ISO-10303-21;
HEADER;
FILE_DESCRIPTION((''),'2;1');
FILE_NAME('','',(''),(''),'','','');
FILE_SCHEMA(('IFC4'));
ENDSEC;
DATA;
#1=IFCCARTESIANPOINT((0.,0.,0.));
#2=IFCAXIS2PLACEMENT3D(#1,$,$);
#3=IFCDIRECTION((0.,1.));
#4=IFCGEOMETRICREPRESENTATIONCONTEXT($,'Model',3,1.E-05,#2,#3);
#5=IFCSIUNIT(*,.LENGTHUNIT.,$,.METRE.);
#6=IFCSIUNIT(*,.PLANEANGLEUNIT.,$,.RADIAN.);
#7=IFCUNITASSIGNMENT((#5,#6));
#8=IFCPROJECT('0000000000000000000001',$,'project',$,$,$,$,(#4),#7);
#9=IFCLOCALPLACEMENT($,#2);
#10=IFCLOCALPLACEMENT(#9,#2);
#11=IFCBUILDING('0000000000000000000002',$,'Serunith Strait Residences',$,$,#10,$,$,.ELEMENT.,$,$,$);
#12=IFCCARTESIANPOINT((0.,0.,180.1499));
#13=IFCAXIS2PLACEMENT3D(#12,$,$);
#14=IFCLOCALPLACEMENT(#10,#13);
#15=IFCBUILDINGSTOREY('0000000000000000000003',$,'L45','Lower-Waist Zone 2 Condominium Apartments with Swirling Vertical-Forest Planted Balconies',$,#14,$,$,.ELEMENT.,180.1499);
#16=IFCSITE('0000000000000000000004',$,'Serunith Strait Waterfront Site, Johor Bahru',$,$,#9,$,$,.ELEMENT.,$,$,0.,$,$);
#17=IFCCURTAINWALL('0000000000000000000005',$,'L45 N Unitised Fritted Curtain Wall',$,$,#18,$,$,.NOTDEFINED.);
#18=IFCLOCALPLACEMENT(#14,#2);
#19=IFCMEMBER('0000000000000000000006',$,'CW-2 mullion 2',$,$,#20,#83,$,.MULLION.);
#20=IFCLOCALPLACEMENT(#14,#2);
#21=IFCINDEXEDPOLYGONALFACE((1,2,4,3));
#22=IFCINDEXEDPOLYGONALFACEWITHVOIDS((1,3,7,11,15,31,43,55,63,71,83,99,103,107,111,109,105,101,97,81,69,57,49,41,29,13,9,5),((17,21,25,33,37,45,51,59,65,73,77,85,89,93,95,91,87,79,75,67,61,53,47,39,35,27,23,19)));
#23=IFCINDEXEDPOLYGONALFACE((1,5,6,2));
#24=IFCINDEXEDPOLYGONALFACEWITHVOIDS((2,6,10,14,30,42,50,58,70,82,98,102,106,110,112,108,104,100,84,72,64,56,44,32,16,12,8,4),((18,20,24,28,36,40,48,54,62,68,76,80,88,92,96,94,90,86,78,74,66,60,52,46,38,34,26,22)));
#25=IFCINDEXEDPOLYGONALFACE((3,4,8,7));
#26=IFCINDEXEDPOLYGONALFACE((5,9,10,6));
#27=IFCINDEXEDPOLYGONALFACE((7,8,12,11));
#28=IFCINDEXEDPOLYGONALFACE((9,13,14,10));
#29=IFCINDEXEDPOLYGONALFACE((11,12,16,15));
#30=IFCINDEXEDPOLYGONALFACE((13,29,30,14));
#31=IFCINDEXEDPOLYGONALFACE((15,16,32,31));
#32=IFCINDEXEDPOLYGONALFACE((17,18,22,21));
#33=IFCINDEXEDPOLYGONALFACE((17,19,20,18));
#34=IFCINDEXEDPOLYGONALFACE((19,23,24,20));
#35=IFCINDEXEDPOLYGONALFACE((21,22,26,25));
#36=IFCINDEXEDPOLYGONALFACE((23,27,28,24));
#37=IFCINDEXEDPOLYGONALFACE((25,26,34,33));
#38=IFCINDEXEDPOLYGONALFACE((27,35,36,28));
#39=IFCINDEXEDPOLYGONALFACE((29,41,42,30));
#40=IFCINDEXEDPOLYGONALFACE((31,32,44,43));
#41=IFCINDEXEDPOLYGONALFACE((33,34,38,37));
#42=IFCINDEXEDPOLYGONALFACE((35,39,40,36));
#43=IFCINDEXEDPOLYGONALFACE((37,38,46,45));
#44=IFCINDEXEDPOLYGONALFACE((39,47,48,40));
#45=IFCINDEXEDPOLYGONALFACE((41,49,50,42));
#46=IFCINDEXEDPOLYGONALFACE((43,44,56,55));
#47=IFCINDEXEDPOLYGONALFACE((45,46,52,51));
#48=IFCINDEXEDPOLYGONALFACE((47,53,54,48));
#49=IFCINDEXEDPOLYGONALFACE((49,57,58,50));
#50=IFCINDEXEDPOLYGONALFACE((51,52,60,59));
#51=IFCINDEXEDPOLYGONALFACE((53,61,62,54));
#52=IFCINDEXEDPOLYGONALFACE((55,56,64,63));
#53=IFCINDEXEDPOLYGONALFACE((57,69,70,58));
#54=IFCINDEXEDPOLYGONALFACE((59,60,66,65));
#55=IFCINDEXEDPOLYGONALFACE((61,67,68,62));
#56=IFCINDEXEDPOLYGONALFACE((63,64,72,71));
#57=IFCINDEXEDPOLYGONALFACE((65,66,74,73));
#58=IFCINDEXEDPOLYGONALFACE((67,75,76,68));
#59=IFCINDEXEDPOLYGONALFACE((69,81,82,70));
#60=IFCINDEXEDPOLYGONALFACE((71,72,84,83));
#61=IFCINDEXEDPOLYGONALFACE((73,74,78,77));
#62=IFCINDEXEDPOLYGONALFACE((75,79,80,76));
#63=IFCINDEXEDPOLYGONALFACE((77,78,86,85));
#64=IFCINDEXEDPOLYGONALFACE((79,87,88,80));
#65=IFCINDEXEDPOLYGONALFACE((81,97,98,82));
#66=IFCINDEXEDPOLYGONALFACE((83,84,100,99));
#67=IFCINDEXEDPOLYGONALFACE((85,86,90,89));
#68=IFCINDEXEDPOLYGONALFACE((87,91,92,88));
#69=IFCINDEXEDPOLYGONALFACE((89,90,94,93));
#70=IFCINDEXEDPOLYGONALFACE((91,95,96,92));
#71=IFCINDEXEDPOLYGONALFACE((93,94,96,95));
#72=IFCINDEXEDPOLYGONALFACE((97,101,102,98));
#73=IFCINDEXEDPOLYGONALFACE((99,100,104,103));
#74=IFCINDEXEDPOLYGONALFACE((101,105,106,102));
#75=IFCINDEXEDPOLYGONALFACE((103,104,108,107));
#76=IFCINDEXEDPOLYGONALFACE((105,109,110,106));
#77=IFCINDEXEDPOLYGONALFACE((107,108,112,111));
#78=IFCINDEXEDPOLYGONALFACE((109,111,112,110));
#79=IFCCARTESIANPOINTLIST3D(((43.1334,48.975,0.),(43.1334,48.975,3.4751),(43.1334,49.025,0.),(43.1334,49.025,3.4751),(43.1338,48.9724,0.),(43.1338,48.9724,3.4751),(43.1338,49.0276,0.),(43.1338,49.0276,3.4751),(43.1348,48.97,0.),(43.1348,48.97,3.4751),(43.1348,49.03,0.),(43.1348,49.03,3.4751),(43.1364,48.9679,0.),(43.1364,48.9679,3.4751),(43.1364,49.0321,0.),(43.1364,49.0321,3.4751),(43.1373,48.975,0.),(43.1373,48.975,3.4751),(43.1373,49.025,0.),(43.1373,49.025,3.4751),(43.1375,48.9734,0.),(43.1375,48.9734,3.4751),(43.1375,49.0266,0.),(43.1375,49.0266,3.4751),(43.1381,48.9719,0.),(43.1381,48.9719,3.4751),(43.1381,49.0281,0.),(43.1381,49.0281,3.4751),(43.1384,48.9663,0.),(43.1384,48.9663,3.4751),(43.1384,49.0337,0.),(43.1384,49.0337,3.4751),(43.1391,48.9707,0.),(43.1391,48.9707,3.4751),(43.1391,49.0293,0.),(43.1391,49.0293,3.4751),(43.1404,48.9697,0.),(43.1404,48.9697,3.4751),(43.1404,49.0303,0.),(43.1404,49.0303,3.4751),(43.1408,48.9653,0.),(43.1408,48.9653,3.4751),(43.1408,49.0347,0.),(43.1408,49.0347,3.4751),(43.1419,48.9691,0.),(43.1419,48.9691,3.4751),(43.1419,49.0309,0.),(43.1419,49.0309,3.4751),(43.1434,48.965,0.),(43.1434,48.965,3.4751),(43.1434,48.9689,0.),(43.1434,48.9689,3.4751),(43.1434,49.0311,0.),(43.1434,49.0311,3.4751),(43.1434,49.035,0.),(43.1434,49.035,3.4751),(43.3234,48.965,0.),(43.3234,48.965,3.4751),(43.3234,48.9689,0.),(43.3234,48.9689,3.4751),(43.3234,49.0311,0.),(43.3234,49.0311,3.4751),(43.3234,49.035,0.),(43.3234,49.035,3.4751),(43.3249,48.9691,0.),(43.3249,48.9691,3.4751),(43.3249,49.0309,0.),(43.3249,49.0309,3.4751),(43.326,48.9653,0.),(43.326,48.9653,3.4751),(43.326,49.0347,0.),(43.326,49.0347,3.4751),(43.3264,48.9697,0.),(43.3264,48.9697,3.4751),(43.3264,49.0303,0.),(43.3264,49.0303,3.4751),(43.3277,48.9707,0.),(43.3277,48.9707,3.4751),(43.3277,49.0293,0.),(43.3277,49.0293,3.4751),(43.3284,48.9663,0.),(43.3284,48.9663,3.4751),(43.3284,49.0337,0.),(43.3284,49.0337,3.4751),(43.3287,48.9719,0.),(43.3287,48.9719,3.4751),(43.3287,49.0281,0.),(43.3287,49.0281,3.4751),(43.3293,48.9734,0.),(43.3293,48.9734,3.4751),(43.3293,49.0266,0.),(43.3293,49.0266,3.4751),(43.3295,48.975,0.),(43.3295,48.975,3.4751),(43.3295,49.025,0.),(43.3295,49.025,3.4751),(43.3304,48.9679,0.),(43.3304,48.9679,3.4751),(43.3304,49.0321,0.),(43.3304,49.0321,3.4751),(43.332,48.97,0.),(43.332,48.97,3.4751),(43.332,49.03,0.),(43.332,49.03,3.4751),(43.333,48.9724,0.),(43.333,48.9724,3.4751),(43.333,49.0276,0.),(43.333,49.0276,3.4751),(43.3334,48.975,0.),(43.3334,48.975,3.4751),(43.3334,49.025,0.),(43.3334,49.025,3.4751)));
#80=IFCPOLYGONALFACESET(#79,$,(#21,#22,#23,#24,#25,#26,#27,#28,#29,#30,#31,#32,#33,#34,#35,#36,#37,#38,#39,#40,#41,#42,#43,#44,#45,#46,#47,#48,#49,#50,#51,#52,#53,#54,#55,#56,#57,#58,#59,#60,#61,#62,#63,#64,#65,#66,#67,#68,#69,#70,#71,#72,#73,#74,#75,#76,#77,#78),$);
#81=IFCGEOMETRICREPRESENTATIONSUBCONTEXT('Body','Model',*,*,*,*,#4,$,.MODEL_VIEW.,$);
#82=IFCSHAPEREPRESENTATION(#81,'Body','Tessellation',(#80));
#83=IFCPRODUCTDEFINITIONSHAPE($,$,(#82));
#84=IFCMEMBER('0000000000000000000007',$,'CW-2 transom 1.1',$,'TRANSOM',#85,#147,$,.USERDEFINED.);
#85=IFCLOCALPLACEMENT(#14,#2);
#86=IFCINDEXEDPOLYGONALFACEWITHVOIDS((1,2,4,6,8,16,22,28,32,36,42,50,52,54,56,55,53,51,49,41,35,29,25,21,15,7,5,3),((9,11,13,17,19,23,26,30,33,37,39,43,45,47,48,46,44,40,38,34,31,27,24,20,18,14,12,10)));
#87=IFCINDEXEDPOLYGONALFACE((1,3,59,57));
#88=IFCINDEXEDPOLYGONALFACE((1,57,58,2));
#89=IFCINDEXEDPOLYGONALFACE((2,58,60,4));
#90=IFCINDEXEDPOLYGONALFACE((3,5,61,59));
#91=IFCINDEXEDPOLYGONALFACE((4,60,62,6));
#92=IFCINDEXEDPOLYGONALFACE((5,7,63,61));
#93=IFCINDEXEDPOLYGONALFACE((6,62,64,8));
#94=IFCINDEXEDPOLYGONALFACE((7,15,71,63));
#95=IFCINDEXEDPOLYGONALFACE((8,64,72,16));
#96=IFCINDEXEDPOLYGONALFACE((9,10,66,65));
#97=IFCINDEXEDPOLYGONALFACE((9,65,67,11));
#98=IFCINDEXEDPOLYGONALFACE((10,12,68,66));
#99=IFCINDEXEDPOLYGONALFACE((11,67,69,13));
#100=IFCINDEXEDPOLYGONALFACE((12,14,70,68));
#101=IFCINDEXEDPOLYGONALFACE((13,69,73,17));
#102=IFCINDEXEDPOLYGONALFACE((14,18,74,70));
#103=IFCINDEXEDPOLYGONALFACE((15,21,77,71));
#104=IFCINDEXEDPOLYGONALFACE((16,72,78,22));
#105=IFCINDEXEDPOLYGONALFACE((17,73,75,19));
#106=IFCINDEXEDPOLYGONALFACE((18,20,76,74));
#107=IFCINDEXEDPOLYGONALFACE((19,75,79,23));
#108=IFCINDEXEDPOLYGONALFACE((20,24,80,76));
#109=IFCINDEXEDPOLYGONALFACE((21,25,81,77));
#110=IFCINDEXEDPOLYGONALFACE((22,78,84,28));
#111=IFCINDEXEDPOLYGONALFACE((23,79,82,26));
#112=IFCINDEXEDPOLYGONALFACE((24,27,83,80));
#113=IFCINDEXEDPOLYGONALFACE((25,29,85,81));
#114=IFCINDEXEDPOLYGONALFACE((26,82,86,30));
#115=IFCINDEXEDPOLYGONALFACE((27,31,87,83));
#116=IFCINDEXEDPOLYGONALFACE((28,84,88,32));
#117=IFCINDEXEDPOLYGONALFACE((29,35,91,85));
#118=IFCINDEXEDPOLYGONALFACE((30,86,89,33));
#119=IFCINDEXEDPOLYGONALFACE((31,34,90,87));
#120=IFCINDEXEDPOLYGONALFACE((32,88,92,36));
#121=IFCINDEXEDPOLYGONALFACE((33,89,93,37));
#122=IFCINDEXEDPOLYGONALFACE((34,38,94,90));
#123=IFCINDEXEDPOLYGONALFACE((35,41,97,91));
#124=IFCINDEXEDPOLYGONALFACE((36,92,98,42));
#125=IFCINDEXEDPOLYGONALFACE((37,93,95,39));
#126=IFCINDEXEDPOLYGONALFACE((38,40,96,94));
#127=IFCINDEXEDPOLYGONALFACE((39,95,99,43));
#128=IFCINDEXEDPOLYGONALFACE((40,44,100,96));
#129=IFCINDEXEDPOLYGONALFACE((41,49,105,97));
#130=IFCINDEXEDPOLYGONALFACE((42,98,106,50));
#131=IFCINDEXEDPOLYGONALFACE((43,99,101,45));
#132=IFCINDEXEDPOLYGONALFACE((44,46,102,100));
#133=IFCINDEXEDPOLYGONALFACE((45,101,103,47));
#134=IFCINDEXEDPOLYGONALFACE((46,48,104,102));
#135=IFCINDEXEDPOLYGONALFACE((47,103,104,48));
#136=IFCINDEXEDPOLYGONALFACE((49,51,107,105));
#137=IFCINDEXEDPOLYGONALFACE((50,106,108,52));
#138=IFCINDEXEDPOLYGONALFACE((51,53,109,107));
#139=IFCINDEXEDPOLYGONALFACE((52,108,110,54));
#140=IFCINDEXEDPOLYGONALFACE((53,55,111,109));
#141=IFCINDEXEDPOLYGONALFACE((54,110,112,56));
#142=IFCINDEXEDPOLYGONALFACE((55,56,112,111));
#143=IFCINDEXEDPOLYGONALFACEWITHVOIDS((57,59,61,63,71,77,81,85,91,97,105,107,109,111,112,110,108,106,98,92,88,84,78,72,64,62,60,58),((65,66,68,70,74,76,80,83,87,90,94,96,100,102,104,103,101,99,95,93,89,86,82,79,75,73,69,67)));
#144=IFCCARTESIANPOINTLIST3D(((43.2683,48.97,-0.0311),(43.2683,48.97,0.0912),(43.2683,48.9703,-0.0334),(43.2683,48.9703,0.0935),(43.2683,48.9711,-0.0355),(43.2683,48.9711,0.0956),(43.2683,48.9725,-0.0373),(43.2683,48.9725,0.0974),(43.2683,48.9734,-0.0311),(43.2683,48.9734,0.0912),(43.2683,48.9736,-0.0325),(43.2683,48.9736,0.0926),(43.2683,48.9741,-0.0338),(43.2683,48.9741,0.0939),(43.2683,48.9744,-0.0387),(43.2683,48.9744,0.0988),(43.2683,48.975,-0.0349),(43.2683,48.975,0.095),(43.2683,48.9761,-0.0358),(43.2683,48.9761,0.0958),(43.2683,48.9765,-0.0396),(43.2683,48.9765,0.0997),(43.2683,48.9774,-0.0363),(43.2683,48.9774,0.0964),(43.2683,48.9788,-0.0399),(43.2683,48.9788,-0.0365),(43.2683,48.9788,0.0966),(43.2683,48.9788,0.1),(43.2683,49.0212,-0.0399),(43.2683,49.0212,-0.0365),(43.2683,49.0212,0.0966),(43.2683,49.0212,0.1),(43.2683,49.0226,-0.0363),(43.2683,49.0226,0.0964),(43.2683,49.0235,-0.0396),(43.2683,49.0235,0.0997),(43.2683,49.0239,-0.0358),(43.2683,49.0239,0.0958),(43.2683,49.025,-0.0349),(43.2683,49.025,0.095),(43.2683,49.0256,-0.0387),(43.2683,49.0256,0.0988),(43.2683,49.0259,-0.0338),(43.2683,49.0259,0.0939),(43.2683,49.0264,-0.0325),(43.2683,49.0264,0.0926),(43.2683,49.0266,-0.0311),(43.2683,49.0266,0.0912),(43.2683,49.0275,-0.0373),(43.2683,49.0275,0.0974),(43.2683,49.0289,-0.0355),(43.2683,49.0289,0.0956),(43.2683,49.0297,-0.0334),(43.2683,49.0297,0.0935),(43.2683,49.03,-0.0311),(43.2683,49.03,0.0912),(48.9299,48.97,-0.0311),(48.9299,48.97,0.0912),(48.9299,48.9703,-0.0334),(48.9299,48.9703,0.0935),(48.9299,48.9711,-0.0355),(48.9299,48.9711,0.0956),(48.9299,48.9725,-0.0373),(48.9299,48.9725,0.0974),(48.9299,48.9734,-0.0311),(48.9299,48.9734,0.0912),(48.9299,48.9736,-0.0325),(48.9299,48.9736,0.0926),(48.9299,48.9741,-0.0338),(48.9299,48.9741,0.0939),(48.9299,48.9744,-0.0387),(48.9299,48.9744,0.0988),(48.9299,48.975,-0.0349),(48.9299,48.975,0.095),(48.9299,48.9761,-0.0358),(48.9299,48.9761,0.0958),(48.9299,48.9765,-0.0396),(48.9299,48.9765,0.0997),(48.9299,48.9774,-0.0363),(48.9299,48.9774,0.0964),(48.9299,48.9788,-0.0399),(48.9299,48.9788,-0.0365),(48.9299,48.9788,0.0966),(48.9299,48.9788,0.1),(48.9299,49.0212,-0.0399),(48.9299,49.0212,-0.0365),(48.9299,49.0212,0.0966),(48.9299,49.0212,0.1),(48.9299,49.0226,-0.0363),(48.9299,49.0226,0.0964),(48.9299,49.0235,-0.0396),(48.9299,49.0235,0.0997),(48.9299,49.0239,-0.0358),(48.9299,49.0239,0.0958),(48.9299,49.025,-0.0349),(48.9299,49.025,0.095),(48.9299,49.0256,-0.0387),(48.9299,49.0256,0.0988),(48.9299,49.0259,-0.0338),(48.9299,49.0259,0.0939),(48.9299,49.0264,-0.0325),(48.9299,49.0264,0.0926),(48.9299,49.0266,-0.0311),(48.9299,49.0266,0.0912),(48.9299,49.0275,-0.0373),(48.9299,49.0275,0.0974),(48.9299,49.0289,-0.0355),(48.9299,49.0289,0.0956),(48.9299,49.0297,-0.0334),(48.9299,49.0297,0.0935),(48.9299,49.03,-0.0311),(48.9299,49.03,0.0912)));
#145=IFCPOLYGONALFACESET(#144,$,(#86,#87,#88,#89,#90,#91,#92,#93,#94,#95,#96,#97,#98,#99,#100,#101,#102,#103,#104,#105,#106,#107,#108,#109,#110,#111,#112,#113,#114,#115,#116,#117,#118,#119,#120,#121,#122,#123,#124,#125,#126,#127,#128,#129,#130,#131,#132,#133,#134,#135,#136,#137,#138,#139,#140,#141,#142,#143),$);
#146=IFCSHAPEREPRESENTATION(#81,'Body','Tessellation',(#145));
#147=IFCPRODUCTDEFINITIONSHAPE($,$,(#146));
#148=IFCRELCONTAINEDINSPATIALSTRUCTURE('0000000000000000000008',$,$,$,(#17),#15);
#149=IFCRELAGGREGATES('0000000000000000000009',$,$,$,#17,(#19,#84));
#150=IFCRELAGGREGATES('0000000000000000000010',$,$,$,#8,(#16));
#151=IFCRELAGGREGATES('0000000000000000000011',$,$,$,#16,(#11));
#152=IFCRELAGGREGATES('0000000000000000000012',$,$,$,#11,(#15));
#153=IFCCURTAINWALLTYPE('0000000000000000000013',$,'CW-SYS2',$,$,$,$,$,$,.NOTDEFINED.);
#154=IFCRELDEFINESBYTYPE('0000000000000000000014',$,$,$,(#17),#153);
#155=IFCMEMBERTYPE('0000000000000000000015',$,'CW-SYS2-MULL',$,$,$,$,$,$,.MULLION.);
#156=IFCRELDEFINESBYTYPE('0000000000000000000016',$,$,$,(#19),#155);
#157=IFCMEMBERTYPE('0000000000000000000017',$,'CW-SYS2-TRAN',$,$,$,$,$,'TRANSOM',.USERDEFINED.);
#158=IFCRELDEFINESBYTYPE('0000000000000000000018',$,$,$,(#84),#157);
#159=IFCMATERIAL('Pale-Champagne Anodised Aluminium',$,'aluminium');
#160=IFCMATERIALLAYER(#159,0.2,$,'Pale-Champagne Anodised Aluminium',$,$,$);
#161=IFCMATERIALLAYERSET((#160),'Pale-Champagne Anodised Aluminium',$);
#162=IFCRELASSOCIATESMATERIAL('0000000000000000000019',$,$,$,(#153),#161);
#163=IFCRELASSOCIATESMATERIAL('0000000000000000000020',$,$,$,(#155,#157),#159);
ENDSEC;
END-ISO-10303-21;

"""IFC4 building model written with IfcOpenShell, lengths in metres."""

from ifc_helpers import new_model, si_unit, direction, frame, origin, origin_2d, place, context, subcontext, project, spatial, hollow_rectangle, extrude, source, transform, mapped, material, layer, layer_set, material_profile, profile_set, type_object, element, aggregate, save


model = new_model("IFC4")

# Units and contexts
model_context = context("Model", 3, precision=1e-05, world=origin(), true_north=direction((0.0, 1.0)))
body_context = subcontext(model_context, "Body", "Model", "MODEL_VIEW")
ifc_project = project(units=[si_unit("LENGTHUNIT", "METRE"), si_unit("PLANEANGLEUNIT", "RADIAN")], contexts=[model_context])

# Site, building, storey
site_placement = place(None, origin())
site = spatial("IfcSite", under=ifc_project, at=site_placement, Name="Serunith Strait Waterfront Site, Johor Bahru", CompositionType="ELEMENT", RefElevation=0.0)
building_placement = place(site_placement, origin())
building = spatial("IfcBuilding", under=site, at=building_placement, Name="Serunith Strait Residences", CompositionType="ELEMENT")
storey_placement = place(building_placement, frame((0.0, 0.0, 180.1499)))
storey = spatial("IfcBuildingStorey", under=building, at=storey_placement, Name="L45", Description="Lower-Waist Zone 2 Condominium Apartments with Swirling Vertical-Forest Planted Balconies", CompositionType="ELEMENT", Elevation=180.1499)

# Shared definitions
ifc_material_1 = material(Name="Pale-Champagne Anodised Aluminium", Category="aluminium")
ifc_layer_1 = layer(ifc_material_1, 0.2, Name="Pale-Champagne Anodised Aluminium")
ifc_layer_set_1 = layer_set([ifc_layer_1], Name="Pale-Champagne Anodised Aluminium")
curtain_wall_type = type_object("IfcCurtainWallType", Name="CW-SYS2", PredefinedType="NOTDEFINED", material=ifc_layer_set_1)
ifc_material_profile_1 = material_profile(ifc_material_1, hollow_rectangle(XDim=0.0701, YDim=0.2, WallThickness=0.0039, InnerFilletRadius=0.0061, OuterFilletRadius=0.01, at=origin_2d()), Name="ALU 200x70x4")
ifc_profile_set_1 = profile_set([ifc_material_profile_1], Name="Pale-Champagne Anodised Aluminium")
member_type_1 = type_object("IfcMemberType", Name="CW-SYS2-MULL", PredefinedType="MULLION", material=ifc_profile_set_1)
shared_shape_1 = source(origin(), body_context, "Body", "SweptSolid", [
    extrude(hollow_rectangle(XDim=0.0701, YDim=0.2, WallThickness=0.0039, InnerFilletRadius=0.0061, OuterFilletRadius=0.01, at=origin_2d()), origin(), (0.0, 0.0, 1.0), 3.4751),
])

# Curtain wall, members
curtain_wall_1_placement = place(storey_placement, origin())
curtain_wall_1 = element("IfcCurtainWall", 1, at=curtain_wall_1_placement, inside=storey, type_object=curtain_wall_type, Name="L45 N Unitised Fritted Curtain Wall", PredefinedType="NOTDEFINED")
member_1_placement = place(storey_placement, frame((43.2334, 49.0, 0.0), z_axis=(0.0, 0.0, 1.0), x_axis=(0.0, -1.0, 0.0)))
member_1 = element("IfcMember", 2, at=member_1_placement, type_object=member_type_1, Name="CW-2 mullion 2", PredefinedType="MULLION", context=body_context, shape_type="MappedRepresentation", body=[
    mapped(shared_shape_1, transform((0.0, 0.0, 0.0), scale=1.0)),
])
ifc_material_profile_2 = material_profile(ifc_material_1, hollow_rectangle(XDim=0.0601, YDim=0.1399, WallThickness=0.0034, InnerFilletRadius=0.0054, OuterFilletRadius=0.0088, at=origin_2d()), Name="ALU 140x60x3.5")
ifc_profile_set_2 = profile_set([ifc_material_profile_2], Name="Pale-Champagne Anodised Aluminium")
member_type_2 = type_object("IfcMemberType", Name="CW-SYS2-TRAN", ElementType="TRANSOM", PredefinedType="USERDEFINED", material=ifc_profile_set_2)
shared_shape_2 = source(origin(), body_context, "Body", "SweptSolid", [
    extrude(hollow_rectangle(XDim=0.0601, YDim=0.1399, WallThickness=0.0034, InnerFilletRadius=0.0054, OuterFilletRadius=0.0088, at=origin_2d()), origin(), (0.0, 0.0, 1.0), 5.6616),
])
member_2_placement = place(storey_placement, frame((48.9299, 49.0, 0.03), z_axis=(-1.0, 0.0, 0.0), x_axis=(0.0, -1.0, 0.0)))
member_2 = element("IfcMember", 3, at=member_2_placement, type_object=member_type_2, Name="CW-2 transom 1.1", ObjectType="TRANSOM", PredefinedType="USERDEFINED", context=body_context, shape_type="MappedRepresentation", body=[
    mapped(shared_shape_2, transform((0.0, 0.0, 0.0), scale=1.0)),
])
aggregate(curtain_wall_1, [member_1, member_2])

save(model, "model.ifc")
